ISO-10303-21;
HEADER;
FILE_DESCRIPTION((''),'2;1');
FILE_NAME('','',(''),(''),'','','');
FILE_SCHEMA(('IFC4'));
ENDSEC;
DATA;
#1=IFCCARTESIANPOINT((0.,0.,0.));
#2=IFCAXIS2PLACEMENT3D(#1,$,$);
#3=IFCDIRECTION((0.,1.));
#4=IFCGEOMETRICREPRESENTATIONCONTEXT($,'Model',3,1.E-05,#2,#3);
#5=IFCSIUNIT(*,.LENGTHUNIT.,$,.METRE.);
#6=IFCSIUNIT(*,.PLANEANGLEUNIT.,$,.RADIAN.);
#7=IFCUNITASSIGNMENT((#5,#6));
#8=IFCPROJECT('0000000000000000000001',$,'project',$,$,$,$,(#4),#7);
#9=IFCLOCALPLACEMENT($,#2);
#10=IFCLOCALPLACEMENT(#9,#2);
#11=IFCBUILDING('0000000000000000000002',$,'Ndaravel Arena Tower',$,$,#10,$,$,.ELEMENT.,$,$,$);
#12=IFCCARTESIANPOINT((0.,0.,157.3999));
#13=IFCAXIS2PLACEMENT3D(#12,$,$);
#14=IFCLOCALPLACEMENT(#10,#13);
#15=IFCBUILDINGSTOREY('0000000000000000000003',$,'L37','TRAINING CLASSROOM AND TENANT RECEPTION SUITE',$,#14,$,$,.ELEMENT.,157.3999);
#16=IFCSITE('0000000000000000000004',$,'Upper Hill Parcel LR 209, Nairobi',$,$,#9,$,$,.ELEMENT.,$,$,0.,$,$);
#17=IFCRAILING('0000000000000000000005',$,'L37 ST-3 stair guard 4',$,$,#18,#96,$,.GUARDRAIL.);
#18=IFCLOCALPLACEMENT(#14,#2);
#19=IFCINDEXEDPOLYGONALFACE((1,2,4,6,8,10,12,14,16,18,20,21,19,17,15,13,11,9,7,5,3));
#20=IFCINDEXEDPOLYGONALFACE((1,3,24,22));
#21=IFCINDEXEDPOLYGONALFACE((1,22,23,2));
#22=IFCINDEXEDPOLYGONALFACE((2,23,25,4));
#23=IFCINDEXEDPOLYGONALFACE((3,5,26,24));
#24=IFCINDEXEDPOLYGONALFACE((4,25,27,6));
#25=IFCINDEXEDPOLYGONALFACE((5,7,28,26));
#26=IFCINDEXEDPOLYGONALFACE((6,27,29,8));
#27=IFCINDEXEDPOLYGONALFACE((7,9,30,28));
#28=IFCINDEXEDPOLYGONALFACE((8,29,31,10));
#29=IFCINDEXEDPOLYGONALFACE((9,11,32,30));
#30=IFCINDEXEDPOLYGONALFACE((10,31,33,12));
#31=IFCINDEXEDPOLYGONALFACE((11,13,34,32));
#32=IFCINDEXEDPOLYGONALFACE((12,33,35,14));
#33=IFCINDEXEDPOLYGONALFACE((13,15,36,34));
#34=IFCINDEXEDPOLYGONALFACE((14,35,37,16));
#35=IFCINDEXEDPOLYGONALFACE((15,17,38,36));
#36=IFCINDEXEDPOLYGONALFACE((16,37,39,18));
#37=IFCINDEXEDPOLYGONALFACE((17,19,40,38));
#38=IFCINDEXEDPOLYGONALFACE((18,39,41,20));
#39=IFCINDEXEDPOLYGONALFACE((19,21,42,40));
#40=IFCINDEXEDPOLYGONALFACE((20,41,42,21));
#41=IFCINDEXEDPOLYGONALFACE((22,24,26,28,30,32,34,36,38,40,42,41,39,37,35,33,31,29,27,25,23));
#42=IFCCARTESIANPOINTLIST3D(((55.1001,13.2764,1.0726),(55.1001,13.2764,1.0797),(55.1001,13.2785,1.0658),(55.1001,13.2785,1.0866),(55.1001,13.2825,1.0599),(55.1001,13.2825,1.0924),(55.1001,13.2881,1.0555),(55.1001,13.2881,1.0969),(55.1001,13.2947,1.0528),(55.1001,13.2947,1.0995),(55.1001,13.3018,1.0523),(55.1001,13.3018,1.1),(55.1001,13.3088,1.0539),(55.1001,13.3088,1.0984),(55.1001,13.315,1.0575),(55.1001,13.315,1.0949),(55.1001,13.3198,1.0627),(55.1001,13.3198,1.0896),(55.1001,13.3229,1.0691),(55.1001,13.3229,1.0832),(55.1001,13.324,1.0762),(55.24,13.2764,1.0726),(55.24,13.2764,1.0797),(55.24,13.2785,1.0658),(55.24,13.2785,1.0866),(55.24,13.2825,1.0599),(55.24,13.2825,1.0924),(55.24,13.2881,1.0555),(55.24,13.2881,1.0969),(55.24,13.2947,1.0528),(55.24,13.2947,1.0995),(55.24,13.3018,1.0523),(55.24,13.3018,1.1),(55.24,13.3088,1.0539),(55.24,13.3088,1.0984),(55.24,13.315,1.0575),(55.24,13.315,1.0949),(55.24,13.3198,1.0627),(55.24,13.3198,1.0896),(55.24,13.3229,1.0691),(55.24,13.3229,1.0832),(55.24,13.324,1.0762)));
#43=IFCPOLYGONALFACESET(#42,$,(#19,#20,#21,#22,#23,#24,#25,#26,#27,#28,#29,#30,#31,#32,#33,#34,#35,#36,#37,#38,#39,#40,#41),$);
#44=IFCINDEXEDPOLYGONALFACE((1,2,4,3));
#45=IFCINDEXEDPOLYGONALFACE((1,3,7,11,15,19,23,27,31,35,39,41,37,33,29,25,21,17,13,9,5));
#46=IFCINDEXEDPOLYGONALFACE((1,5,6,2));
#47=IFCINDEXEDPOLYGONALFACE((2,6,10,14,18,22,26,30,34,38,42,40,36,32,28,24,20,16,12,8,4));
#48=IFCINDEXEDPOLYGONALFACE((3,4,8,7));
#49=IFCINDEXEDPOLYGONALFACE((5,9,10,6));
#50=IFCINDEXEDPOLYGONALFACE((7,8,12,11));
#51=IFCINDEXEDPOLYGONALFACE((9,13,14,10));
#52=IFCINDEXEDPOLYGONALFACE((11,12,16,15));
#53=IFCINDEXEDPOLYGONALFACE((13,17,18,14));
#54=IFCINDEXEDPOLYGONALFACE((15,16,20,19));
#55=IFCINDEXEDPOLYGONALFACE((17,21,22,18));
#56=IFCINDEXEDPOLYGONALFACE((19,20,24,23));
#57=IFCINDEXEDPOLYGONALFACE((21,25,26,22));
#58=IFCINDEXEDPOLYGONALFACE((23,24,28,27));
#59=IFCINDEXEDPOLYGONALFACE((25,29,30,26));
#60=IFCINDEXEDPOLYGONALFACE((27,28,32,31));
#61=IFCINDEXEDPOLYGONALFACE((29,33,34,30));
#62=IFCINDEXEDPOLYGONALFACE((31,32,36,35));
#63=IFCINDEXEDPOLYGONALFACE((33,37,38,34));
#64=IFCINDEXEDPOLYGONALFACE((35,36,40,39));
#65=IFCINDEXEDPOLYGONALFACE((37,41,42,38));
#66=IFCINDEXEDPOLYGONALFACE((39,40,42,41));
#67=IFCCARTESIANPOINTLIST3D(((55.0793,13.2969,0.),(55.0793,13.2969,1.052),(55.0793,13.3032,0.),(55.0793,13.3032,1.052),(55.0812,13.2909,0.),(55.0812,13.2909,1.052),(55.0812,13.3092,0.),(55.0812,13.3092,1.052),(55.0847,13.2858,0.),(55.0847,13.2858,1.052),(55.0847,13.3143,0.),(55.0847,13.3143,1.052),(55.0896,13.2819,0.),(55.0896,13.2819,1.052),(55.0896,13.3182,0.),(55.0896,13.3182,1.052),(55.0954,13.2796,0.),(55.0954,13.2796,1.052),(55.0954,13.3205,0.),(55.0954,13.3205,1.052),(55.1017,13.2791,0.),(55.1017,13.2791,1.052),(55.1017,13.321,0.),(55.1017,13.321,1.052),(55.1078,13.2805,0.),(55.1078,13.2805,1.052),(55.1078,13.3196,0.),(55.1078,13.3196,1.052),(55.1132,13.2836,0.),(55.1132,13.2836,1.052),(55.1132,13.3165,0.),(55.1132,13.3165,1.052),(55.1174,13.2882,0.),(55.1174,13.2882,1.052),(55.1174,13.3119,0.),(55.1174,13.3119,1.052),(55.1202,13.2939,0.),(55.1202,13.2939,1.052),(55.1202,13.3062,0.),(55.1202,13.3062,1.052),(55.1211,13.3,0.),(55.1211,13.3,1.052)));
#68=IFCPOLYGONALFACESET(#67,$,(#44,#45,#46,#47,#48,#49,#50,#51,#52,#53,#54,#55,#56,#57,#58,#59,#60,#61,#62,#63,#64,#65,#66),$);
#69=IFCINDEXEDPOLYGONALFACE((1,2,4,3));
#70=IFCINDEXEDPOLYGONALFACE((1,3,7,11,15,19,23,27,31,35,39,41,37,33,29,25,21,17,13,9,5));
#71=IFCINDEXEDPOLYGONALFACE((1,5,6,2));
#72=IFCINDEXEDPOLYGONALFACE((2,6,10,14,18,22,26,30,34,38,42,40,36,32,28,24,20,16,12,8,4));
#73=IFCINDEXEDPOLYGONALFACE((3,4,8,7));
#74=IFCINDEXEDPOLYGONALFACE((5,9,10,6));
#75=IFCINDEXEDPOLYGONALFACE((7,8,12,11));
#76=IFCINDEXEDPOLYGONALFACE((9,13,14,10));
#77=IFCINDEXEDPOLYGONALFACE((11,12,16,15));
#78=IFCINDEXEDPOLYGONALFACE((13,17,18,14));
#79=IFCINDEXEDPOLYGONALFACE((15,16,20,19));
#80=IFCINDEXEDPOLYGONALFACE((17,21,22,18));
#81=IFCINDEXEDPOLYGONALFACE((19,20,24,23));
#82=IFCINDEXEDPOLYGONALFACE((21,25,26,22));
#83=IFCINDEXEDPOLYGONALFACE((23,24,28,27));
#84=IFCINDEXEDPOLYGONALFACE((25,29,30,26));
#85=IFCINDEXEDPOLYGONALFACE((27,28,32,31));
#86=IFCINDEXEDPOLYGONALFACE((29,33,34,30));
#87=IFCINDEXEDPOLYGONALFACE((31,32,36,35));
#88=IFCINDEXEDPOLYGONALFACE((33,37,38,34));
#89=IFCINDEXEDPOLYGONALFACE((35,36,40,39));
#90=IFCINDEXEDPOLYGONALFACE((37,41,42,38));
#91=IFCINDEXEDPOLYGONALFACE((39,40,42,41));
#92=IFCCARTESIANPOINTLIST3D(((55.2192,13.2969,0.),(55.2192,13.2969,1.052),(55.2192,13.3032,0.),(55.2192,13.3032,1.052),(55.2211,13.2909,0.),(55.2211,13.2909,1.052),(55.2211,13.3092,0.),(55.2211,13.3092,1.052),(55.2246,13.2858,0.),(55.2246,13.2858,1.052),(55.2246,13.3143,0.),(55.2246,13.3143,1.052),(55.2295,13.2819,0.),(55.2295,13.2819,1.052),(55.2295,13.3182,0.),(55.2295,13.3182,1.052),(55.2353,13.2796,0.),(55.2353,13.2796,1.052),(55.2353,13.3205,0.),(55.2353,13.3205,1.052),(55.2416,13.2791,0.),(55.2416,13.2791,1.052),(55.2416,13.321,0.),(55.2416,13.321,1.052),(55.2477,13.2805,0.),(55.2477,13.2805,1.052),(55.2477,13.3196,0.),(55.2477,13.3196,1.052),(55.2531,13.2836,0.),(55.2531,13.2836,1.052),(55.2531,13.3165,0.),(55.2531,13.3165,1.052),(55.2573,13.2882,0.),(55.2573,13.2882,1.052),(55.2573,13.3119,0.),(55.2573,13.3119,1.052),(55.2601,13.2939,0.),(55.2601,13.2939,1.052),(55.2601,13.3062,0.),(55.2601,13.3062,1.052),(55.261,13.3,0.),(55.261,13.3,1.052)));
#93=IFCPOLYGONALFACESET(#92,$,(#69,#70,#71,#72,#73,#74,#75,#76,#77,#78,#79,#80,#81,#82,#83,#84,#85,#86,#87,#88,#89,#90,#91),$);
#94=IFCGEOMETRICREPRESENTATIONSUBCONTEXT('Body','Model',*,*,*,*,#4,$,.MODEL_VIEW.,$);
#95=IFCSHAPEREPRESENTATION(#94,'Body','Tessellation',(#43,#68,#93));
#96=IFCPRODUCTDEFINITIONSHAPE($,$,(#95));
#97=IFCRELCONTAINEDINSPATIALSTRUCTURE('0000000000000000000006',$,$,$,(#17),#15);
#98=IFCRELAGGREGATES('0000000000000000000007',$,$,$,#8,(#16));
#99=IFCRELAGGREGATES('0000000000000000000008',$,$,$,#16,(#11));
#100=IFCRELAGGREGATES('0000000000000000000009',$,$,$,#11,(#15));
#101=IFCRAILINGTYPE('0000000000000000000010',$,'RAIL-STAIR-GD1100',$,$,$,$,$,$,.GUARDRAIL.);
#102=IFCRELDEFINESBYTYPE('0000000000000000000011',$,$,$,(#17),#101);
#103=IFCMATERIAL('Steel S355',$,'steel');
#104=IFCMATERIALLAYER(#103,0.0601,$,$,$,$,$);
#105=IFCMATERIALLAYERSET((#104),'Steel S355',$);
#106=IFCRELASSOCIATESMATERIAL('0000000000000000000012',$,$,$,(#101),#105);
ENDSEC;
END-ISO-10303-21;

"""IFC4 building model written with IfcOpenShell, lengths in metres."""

from ifc_helpers import new_model, si_unit, direction, frame, origin, origin_2d, place, context, subcontext, project, spatial, circle, extrude, material, layer, layer_set, type_object, element, save


model = new_model("IFC4")

# Units and contexts
model_context = context("Model", 3, precision=1e-05, world=origin(), true_north=direction((0.0, 1.0)))
body_context = subcontext(model_context, "Body", "Model", "MODEL_VIEW")
ifc_project = project(units=[si_unit("LENGTHUNIT", "METRE"), si_unit("PLANEANGLEUNIT", "RADIAN")], contexts=[model_context])

# Site, building, storey
site_placement = place(None, origin())
site = spatial("IfcSite", under=ifc_project, at=site_placement, Name="Upper Hill Parcel LR 209, Nairobi", CompositionType="ELEMENT", RefElevation=0.0)
building_placement = place(site_placement, origin())
building = spatial("IfcBuilding", under=site, at=building_placement, Name="Ndaravel Arena Tower", CompositionType="ELEMENT")
storey_placement = place(building_placement, frame((0.0, 0.0, 157.3999)))
storey = spatial("IfcBuildingStorey", under=building, at=storey_placement, Name="L37", Description="TRAINING CLASSROOM AND TENANT RECEPTION SUITE", CompositionType="ELEMENT", Elevation=157.3999)

# Railing
ifc_material_1 = material(Name="Steel S355", Category="steel")
ifc_layer_1 = layer(ifc_material_1, 0.0601)
ifc_layer_set_1 = layer_set([ifc_layer_1], Name="Steel S355")
railing_type_1 = type_object("IfcRailingType", Name="RAIL-STAIR-GD1100", PredefinedType="GUARDRAIL", material=ifc_layer_set_1)
railing_1_placement = place(storey_placement, frame((55.1001, 13.3, 0.0)))
element("IfcRailing", 1, at=railing_1_placement, inside=storey, type_object=railing_type_1, Name="L37 ST-3 stair guard 4", PredefinedType="GUARDRAIL", context=body_context, shape_type="SweptSolid", body=[
    extrude(circle(Radius=0.0239, at=origin_2d()), frame((0.0, 0.0, 1.0762), z_axis=(1.0, 0.0, 0.0), x_axis=(0.0, 1.0, 0.0)), (0.0, 0.0, 1.0), 0.1399),
    extrude(circle(Radius=0.021, at=origin_2d()), origin(), (0.0, 0.0, 1.0), 1.052),
    extrude(circle(Radius=0.021, at=origin_2d()), frame((0.1399, 0.0, 0.0)), (0.0, 0.0, 1.0), 1.052),
])

save(model, "model.ifc")
